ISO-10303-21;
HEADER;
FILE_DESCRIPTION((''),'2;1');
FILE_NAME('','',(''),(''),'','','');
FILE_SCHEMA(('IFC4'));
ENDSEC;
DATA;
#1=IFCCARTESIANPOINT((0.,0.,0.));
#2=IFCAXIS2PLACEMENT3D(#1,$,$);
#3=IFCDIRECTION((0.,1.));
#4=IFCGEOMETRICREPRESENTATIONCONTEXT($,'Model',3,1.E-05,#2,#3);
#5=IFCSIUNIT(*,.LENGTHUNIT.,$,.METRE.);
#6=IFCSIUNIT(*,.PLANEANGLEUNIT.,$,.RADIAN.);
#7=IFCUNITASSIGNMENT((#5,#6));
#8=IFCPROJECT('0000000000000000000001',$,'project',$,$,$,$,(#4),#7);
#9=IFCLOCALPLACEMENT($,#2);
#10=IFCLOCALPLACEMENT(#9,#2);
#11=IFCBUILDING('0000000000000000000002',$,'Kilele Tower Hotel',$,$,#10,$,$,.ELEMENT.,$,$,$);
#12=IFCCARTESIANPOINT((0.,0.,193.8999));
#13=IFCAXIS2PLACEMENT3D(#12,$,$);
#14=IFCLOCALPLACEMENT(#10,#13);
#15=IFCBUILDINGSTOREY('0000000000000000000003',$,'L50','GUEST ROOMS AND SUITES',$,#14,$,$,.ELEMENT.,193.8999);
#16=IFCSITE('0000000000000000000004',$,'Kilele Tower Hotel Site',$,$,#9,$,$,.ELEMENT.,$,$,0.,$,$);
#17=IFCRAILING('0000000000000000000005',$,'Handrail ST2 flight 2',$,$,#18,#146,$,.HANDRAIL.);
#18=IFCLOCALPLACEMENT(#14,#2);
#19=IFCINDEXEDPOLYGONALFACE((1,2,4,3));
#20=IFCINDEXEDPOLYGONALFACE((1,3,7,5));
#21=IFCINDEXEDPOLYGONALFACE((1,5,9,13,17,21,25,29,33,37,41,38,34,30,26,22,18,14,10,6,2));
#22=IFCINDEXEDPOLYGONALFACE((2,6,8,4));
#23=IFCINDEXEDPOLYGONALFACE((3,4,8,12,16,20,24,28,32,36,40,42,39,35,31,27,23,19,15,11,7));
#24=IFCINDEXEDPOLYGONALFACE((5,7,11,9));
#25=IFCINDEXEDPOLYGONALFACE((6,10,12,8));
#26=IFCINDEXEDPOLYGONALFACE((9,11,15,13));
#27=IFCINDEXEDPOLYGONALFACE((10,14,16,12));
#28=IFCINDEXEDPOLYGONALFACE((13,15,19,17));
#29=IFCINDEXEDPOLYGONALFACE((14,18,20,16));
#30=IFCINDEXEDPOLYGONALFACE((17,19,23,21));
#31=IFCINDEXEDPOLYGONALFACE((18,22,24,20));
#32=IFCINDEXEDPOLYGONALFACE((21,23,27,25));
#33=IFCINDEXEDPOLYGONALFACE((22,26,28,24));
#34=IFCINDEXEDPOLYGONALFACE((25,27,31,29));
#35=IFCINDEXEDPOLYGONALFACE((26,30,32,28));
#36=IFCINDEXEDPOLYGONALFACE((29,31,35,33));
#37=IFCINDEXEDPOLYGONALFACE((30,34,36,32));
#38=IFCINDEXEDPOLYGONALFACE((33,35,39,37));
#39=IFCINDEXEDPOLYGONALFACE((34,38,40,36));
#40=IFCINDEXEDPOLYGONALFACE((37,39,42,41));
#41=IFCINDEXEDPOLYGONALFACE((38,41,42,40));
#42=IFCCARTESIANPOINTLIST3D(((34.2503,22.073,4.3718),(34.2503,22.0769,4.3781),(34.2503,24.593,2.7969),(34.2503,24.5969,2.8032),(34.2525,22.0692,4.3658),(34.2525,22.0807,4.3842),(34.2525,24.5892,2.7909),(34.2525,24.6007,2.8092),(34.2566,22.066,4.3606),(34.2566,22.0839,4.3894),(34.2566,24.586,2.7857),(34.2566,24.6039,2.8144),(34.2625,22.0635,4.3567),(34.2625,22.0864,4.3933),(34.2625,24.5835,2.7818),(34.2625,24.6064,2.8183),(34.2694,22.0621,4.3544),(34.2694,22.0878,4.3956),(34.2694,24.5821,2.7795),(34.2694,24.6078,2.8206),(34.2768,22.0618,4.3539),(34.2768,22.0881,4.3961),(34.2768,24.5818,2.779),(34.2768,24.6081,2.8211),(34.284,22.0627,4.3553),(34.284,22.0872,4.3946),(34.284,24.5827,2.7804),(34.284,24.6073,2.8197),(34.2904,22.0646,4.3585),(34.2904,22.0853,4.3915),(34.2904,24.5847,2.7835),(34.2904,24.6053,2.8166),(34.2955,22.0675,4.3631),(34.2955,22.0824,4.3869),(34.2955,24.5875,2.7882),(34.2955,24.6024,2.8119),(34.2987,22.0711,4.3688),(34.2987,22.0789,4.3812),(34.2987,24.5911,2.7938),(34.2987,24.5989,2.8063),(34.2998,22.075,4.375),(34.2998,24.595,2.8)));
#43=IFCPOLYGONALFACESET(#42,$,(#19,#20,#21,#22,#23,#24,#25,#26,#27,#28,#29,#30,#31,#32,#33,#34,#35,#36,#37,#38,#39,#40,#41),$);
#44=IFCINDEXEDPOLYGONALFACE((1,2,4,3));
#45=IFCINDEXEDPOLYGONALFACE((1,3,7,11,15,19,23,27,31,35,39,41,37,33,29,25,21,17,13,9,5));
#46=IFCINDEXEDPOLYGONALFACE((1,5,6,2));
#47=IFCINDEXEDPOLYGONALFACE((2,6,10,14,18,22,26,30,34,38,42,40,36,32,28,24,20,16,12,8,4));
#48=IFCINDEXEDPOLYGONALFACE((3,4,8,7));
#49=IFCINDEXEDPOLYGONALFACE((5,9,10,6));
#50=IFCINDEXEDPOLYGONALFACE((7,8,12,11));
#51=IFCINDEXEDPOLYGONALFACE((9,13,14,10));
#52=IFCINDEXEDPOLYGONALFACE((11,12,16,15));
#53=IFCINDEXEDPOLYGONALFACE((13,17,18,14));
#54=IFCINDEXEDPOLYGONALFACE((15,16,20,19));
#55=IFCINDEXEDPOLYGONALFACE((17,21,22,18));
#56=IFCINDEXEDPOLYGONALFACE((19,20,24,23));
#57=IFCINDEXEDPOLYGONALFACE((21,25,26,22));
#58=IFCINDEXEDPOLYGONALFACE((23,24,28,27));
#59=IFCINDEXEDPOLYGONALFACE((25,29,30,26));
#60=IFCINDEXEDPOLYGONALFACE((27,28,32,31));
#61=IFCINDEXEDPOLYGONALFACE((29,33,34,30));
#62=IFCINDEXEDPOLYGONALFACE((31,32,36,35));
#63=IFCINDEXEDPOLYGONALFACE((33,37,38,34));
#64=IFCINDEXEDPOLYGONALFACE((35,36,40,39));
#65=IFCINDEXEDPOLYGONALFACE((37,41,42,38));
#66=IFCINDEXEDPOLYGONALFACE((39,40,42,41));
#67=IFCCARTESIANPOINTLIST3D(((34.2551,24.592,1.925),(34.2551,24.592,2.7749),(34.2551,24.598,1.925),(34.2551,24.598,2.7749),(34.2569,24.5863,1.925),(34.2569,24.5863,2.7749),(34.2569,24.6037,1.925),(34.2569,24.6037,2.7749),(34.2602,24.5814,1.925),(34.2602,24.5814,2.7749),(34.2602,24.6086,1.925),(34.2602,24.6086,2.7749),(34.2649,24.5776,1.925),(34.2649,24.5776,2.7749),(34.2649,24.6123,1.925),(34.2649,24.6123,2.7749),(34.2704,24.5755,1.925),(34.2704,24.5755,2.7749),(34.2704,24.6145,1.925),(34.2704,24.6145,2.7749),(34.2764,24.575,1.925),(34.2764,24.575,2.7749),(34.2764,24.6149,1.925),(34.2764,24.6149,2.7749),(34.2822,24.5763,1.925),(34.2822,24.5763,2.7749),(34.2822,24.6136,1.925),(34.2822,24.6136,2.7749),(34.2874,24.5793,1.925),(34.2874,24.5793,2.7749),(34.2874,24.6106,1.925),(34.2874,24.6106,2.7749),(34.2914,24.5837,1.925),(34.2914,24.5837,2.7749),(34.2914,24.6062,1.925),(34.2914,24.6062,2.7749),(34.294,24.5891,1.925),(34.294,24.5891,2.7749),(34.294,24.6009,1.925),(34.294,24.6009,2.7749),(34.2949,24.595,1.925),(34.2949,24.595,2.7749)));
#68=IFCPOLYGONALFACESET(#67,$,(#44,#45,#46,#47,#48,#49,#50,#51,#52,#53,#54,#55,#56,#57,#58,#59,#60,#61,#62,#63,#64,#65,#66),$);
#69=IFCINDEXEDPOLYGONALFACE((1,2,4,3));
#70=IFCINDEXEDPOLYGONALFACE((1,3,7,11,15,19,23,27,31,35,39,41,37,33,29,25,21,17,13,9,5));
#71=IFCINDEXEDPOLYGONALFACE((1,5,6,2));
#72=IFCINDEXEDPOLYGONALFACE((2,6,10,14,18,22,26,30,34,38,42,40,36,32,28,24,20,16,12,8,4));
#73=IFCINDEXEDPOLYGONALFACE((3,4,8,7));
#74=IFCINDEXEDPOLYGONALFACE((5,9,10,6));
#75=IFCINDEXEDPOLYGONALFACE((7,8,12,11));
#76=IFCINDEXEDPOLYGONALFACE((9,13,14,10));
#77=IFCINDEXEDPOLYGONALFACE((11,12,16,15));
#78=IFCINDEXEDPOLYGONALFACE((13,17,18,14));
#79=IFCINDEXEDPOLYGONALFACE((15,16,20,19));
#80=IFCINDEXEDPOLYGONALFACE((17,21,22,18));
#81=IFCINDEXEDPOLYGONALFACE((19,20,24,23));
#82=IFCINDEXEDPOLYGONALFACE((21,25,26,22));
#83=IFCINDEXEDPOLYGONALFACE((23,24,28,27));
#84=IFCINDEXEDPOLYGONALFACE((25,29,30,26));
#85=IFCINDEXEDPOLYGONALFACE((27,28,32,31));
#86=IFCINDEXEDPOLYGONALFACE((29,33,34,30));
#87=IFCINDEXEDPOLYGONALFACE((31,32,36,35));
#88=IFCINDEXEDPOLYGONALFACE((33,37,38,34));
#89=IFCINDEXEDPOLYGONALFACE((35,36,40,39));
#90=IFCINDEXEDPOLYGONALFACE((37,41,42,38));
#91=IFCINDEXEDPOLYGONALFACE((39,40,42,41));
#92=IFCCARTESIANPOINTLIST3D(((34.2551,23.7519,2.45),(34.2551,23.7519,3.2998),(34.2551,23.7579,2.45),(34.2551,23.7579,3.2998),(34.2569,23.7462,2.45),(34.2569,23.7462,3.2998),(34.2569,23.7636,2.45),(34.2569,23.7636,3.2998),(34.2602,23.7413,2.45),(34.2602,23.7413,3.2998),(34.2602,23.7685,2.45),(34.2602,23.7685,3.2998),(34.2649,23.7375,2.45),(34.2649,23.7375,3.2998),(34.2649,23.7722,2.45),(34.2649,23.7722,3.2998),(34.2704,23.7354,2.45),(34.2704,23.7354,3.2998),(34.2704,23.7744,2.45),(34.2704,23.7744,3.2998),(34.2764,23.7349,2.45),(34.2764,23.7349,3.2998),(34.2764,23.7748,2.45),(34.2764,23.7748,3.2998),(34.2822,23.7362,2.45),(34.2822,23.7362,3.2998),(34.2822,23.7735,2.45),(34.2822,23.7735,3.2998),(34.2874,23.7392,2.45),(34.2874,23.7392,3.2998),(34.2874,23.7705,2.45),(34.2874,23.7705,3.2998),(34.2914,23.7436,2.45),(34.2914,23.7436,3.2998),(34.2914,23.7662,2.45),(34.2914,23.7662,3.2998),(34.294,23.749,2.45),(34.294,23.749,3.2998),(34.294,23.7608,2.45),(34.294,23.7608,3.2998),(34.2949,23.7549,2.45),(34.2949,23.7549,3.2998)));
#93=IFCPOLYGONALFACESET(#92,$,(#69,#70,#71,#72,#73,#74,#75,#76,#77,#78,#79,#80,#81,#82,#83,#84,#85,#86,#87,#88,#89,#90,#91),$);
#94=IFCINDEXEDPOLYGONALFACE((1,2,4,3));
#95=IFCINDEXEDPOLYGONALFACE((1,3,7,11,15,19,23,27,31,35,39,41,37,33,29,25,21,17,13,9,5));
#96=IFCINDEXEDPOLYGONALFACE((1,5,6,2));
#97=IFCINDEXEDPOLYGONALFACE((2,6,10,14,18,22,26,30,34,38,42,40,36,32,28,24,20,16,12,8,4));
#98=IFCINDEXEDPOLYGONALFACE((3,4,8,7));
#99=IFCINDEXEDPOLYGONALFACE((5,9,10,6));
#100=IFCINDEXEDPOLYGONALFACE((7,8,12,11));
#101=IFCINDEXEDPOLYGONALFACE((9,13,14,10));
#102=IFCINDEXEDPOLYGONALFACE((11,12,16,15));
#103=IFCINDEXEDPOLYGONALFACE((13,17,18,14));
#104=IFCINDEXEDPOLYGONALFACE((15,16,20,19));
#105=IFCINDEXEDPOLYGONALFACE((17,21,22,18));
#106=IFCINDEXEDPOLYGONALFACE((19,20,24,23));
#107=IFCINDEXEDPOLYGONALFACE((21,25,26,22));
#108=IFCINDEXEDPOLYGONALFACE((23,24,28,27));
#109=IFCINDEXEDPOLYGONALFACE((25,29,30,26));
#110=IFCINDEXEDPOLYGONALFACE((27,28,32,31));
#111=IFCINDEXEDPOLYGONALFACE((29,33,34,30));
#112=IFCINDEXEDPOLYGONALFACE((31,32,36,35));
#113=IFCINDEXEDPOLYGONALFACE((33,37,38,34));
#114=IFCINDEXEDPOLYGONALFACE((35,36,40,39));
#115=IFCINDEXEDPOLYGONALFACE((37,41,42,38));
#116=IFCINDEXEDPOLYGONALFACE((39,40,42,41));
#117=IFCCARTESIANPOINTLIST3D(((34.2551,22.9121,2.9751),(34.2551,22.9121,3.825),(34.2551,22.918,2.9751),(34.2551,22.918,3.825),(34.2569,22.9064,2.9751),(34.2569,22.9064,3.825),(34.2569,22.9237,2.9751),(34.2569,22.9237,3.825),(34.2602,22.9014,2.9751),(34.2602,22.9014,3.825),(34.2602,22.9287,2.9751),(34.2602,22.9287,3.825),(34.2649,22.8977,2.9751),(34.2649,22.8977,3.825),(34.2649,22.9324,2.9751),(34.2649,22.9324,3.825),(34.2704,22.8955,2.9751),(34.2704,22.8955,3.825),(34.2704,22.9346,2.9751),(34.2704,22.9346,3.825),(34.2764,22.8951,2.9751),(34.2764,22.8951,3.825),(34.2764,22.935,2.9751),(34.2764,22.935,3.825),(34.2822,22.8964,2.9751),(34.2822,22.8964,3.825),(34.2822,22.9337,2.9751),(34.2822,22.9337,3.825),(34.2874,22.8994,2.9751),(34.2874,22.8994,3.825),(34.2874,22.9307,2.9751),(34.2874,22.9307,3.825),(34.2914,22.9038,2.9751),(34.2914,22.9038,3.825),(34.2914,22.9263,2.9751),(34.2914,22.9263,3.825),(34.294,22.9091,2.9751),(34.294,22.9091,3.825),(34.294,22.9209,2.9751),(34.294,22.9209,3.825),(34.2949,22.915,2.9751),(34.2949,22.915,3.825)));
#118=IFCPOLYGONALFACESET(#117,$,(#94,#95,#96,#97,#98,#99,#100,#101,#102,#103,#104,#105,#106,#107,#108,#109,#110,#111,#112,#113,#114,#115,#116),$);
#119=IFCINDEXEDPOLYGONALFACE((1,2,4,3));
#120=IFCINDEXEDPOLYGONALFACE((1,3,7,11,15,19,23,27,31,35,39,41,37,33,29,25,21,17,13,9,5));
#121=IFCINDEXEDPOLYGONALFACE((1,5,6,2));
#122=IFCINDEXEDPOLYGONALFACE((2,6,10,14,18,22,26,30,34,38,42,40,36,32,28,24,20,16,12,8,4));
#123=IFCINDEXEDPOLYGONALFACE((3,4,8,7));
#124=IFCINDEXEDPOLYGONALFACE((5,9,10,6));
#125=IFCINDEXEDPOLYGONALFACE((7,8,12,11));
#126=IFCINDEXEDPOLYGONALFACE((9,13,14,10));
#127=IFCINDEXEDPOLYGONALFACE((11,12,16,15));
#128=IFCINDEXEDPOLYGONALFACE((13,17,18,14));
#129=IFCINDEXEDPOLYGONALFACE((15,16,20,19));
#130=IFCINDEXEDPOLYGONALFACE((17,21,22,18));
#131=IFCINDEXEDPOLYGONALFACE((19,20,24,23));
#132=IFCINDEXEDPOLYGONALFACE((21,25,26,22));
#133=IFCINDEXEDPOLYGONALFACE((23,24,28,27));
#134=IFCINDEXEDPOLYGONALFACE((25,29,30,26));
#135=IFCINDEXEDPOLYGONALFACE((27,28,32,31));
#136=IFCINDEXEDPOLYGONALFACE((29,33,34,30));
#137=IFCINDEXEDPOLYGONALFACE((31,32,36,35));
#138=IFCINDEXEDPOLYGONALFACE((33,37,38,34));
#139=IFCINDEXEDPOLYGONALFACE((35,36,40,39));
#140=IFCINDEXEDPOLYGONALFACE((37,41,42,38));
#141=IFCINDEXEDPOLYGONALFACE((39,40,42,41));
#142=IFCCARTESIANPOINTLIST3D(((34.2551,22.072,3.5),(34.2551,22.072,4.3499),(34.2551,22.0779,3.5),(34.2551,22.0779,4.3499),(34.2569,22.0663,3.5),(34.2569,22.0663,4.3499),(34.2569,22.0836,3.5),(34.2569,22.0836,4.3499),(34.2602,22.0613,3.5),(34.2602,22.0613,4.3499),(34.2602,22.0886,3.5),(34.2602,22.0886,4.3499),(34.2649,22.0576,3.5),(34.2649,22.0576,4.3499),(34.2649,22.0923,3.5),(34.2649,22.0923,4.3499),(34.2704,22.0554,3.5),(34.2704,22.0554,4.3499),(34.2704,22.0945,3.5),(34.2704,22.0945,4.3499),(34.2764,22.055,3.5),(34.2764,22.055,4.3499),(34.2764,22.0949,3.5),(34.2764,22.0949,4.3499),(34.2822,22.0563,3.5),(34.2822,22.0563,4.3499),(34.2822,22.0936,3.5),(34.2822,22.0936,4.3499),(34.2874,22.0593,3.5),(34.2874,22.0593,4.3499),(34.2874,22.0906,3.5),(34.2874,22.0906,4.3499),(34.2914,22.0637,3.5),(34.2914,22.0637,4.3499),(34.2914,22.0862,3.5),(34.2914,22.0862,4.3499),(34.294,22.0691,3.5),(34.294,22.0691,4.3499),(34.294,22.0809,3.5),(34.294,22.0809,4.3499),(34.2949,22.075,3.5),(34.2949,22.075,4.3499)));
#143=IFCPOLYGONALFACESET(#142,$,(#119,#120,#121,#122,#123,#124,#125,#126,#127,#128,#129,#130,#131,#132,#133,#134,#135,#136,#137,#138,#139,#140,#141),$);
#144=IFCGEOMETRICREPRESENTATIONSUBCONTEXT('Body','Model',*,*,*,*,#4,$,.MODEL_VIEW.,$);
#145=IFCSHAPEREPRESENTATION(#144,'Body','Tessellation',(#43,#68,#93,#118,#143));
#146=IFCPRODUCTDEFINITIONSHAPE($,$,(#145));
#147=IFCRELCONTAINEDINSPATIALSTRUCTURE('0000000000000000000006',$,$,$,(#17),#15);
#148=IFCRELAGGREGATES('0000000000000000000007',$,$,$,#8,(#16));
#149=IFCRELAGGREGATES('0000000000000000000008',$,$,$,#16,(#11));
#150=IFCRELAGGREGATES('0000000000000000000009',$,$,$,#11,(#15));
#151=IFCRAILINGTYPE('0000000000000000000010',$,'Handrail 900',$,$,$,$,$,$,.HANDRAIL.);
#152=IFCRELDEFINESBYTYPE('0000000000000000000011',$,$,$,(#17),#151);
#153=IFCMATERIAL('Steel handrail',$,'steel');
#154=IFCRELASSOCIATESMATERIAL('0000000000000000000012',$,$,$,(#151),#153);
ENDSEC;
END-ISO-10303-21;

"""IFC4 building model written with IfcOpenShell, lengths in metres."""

from ifc_helpers import new_model, si_unit, direction, frame, origin, origin_2d, place, context, subcontext, project, spatial, circle, extrude, material, type_object, element, save


model = new_model("IFC4")

# Units and contexts
model_context = context("Model", 3, precision=1e-05, world=origin(), true_north=direction((0.0, 1.0)))
body_context = subcontext(model_context, "Body", "Model", "MODEL_VIEW")
ifc_project = project(units=[si_unit("LENGTHUNIT", "METRE"), si_unit("PLANEANGLEUNIT", "RADIAN")], contexts=[model_context])

# Site, building, storey
site_placement = place(None, origin())
site = spatial("IfcSite", under=ifc_project, at=site_placement, Name="Kilele Tower Hotel Site", CompositionType="ELEMENT", RefElevation=0.0)
building_placement = place(site_placement, origin())
building = spatial("IfcBuilding", under=site, at=building_placement, Name="Kilele Tower Hotel", CompositionType="ELEMENT")
storey_placement = place(building_placement, frame((0.0, 0.0, 193.8999)))
storey = spatial("IfcBuildingStorey", under=building, at=storey_placement, Name="L50", Description="GUEST ROOMS AND SUITES", CompositionType="ELEMENT", Elevation=193.8999)

# Railing
ifc_material_1 = material(Name="Steel handrail", Category="steel")
railing_type_1 = type_object("IfcRailingType", Name="Handrail 900", PredefinedType="HANDRAIL", material=ifc_material_1)
for number, where, name in (
    (1, (34.2749, 24.595, 1.925), "Handrail ST2 flight 2"),
):
    element("IfcRailing", number, at=place(storey_placement, frame(where)), inside=storey, type_object=railing_type_1, Name=name, PredefinedType="HANDRAIL", context=body_context, shape_type="SweptSolid", body=[
        extrude(circle(Radius=0.0249, at=origin_2d()), frame((0.0, 0.0, 0.875), z_axis=(0.0, -0.848008, 0.529984), x_axis=(1.0, 0.0, 0.0)), (0.0, 0.0, 1.0), 2.9717),
        extrude(circle(Radius=0.02, at=origin_2d()), origin(), (0.0, 0.0, 1.0), 0.8499),
        extrude(circle(Radius=0.02, at=origin_2d()), frame((0.0, -0.8401, 0.5249)), (0.0, 0.0, 1.0), 0.8499),
        extrude(circle(Radius=0.02, at=origin_2d()), frame((0.0, -1.6799, 1.05)), (0.0, 0.0, 1.0), 0.8499),
        extrude(circle(Radius=0.02, at=origin_2d()), frame((0.0, -2.52, 1.575)), (0.0, 0.0, 1.0), 0.8499),
    ])

save(model, "model.ifc")
